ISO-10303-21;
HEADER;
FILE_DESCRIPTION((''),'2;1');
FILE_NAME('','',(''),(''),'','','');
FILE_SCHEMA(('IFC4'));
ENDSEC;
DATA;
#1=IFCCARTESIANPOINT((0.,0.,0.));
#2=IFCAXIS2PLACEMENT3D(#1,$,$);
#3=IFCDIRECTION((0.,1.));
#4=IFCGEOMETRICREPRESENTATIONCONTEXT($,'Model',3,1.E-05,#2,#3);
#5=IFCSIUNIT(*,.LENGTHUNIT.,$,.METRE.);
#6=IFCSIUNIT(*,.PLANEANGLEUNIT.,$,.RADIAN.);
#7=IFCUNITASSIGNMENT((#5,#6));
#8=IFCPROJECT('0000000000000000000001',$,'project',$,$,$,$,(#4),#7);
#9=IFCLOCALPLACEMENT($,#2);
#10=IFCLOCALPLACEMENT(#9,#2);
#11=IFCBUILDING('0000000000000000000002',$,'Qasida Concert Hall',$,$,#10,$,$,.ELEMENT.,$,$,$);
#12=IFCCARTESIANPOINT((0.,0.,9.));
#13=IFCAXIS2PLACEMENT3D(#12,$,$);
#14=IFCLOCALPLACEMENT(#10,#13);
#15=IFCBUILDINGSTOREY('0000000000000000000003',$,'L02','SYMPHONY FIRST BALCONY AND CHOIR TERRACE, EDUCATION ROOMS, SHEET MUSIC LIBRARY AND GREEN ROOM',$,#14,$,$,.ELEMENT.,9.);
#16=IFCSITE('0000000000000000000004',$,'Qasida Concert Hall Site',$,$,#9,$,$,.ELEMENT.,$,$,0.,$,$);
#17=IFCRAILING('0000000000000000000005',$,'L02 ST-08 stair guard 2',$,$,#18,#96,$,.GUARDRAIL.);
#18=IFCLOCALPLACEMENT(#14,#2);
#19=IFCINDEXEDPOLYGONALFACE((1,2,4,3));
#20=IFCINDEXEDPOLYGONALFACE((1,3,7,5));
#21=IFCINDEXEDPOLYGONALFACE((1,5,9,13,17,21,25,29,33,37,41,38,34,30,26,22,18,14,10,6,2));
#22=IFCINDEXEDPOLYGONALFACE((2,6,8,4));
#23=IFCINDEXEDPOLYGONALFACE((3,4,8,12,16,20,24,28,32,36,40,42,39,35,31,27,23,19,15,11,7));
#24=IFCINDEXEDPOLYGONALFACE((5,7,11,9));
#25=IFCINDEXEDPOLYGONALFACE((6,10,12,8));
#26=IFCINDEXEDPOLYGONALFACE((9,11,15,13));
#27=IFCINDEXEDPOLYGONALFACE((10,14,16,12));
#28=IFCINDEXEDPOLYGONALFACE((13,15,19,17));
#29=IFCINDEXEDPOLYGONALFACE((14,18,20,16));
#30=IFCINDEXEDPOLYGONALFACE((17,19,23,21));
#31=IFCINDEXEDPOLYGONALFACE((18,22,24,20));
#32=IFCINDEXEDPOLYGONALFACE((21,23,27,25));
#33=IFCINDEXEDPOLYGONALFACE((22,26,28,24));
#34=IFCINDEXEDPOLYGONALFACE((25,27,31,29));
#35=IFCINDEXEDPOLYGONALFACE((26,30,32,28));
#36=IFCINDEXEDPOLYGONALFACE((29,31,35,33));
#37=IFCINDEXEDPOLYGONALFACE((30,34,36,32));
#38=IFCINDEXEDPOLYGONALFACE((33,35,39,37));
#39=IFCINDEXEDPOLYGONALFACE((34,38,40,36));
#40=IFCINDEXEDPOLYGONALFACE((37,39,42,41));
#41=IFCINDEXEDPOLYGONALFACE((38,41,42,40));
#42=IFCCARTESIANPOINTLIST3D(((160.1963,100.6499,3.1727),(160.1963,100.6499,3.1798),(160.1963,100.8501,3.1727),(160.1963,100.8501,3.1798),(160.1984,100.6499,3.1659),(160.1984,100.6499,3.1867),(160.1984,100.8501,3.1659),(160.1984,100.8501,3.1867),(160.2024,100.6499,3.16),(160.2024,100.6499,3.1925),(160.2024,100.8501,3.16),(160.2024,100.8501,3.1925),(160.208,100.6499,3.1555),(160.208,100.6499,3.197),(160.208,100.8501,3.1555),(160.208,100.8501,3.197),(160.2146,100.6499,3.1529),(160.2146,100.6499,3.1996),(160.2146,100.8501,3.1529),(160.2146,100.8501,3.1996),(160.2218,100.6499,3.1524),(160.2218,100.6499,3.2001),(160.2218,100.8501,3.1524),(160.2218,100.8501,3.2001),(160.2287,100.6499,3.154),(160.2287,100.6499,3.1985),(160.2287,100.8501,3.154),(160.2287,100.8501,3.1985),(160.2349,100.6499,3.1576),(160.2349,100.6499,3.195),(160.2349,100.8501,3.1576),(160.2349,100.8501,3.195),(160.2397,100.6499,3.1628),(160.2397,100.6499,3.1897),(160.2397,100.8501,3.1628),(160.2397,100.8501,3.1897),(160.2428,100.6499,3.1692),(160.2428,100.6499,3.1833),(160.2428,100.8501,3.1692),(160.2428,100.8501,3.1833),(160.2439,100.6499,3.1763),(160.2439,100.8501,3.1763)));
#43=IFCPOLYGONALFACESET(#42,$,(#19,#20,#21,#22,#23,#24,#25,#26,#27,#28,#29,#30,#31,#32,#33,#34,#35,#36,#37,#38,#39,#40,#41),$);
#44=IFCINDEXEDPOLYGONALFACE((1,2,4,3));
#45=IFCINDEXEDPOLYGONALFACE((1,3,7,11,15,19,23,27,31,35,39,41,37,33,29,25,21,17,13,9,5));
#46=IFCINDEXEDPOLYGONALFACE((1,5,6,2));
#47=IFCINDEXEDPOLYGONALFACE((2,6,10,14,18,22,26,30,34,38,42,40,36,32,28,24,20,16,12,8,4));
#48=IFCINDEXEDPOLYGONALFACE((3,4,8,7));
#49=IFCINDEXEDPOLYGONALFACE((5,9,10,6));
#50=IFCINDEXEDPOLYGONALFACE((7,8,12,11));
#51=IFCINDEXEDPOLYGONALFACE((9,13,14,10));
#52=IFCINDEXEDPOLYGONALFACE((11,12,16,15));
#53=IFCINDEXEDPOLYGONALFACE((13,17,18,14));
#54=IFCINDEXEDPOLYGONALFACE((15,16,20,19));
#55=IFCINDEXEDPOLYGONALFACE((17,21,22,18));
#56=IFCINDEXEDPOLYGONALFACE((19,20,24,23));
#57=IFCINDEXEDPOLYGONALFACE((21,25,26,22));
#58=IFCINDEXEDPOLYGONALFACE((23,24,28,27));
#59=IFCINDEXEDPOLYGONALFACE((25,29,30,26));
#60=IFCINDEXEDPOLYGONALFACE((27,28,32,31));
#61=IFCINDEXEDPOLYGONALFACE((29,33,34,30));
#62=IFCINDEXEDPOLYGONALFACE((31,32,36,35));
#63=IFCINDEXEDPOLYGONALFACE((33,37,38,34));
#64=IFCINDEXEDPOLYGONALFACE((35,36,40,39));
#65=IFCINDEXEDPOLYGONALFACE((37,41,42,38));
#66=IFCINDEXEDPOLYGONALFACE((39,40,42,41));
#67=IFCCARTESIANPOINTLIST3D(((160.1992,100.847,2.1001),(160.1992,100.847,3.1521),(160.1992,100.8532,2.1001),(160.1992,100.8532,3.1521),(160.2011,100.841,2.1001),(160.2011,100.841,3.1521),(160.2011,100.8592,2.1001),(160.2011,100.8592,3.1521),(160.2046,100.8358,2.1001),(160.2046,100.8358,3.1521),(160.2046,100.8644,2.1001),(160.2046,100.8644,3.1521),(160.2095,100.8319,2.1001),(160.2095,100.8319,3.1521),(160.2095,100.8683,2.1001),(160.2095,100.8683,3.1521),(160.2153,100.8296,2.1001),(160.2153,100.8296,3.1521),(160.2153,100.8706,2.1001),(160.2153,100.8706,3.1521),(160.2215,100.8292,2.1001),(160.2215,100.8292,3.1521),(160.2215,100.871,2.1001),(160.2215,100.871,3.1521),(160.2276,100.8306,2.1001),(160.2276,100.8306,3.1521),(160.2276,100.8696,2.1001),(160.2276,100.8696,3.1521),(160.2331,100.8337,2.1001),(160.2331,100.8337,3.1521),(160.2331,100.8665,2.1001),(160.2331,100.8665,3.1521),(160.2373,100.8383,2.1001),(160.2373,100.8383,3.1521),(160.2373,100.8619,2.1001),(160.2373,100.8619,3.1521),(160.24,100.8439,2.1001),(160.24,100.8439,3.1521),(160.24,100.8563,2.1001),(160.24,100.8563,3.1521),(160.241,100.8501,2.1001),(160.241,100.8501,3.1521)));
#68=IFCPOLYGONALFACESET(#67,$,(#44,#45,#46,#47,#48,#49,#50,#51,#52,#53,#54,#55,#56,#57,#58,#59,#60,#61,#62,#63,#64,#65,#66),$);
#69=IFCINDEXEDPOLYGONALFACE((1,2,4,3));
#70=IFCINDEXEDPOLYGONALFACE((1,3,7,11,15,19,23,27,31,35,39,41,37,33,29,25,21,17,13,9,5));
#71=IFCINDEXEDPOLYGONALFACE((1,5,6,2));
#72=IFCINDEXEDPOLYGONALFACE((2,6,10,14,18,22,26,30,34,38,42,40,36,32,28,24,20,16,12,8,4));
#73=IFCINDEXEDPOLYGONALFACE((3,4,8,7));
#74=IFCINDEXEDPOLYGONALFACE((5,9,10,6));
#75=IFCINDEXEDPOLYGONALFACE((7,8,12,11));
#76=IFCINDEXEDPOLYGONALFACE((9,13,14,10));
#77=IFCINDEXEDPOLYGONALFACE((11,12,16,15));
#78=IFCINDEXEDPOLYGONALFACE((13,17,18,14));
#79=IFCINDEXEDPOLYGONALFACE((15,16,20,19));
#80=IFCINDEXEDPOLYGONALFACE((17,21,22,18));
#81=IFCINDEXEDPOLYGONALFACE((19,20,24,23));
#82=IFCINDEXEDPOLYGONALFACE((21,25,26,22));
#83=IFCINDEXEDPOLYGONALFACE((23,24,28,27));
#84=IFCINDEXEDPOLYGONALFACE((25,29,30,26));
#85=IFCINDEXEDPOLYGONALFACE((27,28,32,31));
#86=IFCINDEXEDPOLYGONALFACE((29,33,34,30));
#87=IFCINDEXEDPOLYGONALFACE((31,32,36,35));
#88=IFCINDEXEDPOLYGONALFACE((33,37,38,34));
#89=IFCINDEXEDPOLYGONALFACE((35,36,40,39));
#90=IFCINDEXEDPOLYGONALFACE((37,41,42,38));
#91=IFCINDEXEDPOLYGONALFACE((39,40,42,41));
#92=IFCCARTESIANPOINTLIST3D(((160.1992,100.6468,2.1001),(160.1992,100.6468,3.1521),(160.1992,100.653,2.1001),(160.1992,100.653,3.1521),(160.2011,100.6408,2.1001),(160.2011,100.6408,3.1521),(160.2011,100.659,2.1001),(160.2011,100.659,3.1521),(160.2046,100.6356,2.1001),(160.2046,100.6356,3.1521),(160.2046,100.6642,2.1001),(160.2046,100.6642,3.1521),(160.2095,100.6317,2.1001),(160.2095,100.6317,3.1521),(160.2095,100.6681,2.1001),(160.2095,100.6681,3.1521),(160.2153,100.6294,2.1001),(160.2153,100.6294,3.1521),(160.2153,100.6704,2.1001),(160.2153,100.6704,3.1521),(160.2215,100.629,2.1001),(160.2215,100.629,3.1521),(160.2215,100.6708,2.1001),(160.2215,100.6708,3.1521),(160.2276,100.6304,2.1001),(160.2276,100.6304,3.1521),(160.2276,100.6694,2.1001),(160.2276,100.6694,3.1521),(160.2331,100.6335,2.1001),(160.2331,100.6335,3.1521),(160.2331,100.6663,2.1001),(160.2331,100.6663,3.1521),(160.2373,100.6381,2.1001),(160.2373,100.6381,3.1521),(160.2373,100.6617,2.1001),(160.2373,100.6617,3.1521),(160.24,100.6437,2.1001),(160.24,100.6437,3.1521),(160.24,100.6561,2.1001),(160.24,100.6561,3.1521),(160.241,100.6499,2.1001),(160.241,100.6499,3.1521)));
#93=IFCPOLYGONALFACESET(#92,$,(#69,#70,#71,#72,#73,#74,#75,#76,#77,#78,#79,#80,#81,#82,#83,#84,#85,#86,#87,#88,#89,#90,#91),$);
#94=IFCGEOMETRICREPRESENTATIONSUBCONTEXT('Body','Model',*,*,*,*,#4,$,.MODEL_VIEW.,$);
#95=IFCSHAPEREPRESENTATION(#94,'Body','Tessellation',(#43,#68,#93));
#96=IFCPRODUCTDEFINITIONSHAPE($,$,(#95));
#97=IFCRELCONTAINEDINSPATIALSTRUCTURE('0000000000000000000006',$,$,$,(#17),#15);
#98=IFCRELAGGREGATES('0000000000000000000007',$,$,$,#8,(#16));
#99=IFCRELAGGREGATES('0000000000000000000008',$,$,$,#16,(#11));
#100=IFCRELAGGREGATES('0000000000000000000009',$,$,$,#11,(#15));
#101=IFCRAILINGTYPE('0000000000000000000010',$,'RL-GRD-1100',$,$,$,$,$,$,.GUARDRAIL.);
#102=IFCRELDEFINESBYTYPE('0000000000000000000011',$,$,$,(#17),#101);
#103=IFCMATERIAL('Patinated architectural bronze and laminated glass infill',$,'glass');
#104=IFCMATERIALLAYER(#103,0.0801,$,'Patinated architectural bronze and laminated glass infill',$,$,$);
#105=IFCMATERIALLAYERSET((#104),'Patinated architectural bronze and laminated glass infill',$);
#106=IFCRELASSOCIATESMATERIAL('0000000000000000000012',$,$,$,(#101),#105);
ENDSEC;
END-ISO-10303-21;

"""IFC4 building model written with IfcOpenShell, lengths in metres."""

from ifc_helpers import new_model, si_unit, direction, frame, origin, origin_2d, place, context, subcontext, project, spatial, circle, extrude, material, layer, layer_set, type_object, element, save


model = new_model("IFC4")

# Units and contexts
model_context = context("Model", 3, precision=1e-05, world=origin(), true_north=direction((0.0, 1.0)))
body_context = subcontext(model_context, "Body", "Model", "MODEL_VIEW")
ifc_project = project(units=[si_unit("LENGTHUNIT", "METRE"), si_unit("PLANEANGLEUNIT", "RADIAN")], contexts=[model_context])

# Site, building, storey
site_placement = place(None, origin())
site = spatial("IfcSite", under=ifc_project, at=site_placement, Name="Qasida Concert Hall Site", CompositionType="ELEMENT", RefElevation=0.0)
building_placement = place(site_placement, origin())
building = spatial("IfcBuilding", under=site, at=building_placement, Name="Qasida Concert Hall", CompositionType="ELEMENT")
storey_placement = place(building_placement, frame((0.0, 0.0, 9.0)))
storey = spatial("IfcBuildingStorey", under=building, at=storey_placement, Name="L02", Description="SYMPHONY FIRST BALCONY AND CHOIR TERRACE, EDUCATION ROOMS, SHEET MUSIC LIBRARY AND GREEN ROOM", CompositionType="ELEMENT", Elevation=9.0)

# Railing
ifc_material_1 = material(Name="Patinated architectural bronze and laminated glass infill", Category="glass")
ifc_layer_1 = layer(ifc_material_1, 0.0801, Name="Patinated architectural bronze and laminated glass infill")
ifc_layer_set_1 = layer_set([ifc_layer_1], Name="Patinated architectural bronze and laminated glass infill")
railing_type_1 = type_object("IfcRailingType", Name="RL-GRD-1100", PredefinedType="GUARDRAIL", material=ifc_layer_set_1)
railing_1_placement = place(storey_placement, frame((160.22, 100.8501, 2.1001)))
element("IfcRailing", 1, at=railing_1_placement, inside=storey, type_object=railing_type_1, Name="L02 ST-08 stair guard 2", PredefinedType="GUARDRAIL", context=body_context, shape_type="SweptSolid", body=[
    extrude(circle(Radius=0.0239, at=origin_2d()), frame((0.0, 0.0, 1.0762), z_axis=(0.0, -1.0, 0.0), x_axis=(1.0, 0.0, 0.0)), (0.0, 0.0, 1.0), 0.2002),
    extrude(circle(Radius=0.021, at=origin_2d()), origin(), (0.0, 0.0, 1.0), 1.052),
    extrude(circle(Radius=0.021, at=origin_2d()), frame((0.0, -0.2002, 0.0)), (0.0, 0.0, 1.0), 1.052),
])

save(model, "model.ifc")
